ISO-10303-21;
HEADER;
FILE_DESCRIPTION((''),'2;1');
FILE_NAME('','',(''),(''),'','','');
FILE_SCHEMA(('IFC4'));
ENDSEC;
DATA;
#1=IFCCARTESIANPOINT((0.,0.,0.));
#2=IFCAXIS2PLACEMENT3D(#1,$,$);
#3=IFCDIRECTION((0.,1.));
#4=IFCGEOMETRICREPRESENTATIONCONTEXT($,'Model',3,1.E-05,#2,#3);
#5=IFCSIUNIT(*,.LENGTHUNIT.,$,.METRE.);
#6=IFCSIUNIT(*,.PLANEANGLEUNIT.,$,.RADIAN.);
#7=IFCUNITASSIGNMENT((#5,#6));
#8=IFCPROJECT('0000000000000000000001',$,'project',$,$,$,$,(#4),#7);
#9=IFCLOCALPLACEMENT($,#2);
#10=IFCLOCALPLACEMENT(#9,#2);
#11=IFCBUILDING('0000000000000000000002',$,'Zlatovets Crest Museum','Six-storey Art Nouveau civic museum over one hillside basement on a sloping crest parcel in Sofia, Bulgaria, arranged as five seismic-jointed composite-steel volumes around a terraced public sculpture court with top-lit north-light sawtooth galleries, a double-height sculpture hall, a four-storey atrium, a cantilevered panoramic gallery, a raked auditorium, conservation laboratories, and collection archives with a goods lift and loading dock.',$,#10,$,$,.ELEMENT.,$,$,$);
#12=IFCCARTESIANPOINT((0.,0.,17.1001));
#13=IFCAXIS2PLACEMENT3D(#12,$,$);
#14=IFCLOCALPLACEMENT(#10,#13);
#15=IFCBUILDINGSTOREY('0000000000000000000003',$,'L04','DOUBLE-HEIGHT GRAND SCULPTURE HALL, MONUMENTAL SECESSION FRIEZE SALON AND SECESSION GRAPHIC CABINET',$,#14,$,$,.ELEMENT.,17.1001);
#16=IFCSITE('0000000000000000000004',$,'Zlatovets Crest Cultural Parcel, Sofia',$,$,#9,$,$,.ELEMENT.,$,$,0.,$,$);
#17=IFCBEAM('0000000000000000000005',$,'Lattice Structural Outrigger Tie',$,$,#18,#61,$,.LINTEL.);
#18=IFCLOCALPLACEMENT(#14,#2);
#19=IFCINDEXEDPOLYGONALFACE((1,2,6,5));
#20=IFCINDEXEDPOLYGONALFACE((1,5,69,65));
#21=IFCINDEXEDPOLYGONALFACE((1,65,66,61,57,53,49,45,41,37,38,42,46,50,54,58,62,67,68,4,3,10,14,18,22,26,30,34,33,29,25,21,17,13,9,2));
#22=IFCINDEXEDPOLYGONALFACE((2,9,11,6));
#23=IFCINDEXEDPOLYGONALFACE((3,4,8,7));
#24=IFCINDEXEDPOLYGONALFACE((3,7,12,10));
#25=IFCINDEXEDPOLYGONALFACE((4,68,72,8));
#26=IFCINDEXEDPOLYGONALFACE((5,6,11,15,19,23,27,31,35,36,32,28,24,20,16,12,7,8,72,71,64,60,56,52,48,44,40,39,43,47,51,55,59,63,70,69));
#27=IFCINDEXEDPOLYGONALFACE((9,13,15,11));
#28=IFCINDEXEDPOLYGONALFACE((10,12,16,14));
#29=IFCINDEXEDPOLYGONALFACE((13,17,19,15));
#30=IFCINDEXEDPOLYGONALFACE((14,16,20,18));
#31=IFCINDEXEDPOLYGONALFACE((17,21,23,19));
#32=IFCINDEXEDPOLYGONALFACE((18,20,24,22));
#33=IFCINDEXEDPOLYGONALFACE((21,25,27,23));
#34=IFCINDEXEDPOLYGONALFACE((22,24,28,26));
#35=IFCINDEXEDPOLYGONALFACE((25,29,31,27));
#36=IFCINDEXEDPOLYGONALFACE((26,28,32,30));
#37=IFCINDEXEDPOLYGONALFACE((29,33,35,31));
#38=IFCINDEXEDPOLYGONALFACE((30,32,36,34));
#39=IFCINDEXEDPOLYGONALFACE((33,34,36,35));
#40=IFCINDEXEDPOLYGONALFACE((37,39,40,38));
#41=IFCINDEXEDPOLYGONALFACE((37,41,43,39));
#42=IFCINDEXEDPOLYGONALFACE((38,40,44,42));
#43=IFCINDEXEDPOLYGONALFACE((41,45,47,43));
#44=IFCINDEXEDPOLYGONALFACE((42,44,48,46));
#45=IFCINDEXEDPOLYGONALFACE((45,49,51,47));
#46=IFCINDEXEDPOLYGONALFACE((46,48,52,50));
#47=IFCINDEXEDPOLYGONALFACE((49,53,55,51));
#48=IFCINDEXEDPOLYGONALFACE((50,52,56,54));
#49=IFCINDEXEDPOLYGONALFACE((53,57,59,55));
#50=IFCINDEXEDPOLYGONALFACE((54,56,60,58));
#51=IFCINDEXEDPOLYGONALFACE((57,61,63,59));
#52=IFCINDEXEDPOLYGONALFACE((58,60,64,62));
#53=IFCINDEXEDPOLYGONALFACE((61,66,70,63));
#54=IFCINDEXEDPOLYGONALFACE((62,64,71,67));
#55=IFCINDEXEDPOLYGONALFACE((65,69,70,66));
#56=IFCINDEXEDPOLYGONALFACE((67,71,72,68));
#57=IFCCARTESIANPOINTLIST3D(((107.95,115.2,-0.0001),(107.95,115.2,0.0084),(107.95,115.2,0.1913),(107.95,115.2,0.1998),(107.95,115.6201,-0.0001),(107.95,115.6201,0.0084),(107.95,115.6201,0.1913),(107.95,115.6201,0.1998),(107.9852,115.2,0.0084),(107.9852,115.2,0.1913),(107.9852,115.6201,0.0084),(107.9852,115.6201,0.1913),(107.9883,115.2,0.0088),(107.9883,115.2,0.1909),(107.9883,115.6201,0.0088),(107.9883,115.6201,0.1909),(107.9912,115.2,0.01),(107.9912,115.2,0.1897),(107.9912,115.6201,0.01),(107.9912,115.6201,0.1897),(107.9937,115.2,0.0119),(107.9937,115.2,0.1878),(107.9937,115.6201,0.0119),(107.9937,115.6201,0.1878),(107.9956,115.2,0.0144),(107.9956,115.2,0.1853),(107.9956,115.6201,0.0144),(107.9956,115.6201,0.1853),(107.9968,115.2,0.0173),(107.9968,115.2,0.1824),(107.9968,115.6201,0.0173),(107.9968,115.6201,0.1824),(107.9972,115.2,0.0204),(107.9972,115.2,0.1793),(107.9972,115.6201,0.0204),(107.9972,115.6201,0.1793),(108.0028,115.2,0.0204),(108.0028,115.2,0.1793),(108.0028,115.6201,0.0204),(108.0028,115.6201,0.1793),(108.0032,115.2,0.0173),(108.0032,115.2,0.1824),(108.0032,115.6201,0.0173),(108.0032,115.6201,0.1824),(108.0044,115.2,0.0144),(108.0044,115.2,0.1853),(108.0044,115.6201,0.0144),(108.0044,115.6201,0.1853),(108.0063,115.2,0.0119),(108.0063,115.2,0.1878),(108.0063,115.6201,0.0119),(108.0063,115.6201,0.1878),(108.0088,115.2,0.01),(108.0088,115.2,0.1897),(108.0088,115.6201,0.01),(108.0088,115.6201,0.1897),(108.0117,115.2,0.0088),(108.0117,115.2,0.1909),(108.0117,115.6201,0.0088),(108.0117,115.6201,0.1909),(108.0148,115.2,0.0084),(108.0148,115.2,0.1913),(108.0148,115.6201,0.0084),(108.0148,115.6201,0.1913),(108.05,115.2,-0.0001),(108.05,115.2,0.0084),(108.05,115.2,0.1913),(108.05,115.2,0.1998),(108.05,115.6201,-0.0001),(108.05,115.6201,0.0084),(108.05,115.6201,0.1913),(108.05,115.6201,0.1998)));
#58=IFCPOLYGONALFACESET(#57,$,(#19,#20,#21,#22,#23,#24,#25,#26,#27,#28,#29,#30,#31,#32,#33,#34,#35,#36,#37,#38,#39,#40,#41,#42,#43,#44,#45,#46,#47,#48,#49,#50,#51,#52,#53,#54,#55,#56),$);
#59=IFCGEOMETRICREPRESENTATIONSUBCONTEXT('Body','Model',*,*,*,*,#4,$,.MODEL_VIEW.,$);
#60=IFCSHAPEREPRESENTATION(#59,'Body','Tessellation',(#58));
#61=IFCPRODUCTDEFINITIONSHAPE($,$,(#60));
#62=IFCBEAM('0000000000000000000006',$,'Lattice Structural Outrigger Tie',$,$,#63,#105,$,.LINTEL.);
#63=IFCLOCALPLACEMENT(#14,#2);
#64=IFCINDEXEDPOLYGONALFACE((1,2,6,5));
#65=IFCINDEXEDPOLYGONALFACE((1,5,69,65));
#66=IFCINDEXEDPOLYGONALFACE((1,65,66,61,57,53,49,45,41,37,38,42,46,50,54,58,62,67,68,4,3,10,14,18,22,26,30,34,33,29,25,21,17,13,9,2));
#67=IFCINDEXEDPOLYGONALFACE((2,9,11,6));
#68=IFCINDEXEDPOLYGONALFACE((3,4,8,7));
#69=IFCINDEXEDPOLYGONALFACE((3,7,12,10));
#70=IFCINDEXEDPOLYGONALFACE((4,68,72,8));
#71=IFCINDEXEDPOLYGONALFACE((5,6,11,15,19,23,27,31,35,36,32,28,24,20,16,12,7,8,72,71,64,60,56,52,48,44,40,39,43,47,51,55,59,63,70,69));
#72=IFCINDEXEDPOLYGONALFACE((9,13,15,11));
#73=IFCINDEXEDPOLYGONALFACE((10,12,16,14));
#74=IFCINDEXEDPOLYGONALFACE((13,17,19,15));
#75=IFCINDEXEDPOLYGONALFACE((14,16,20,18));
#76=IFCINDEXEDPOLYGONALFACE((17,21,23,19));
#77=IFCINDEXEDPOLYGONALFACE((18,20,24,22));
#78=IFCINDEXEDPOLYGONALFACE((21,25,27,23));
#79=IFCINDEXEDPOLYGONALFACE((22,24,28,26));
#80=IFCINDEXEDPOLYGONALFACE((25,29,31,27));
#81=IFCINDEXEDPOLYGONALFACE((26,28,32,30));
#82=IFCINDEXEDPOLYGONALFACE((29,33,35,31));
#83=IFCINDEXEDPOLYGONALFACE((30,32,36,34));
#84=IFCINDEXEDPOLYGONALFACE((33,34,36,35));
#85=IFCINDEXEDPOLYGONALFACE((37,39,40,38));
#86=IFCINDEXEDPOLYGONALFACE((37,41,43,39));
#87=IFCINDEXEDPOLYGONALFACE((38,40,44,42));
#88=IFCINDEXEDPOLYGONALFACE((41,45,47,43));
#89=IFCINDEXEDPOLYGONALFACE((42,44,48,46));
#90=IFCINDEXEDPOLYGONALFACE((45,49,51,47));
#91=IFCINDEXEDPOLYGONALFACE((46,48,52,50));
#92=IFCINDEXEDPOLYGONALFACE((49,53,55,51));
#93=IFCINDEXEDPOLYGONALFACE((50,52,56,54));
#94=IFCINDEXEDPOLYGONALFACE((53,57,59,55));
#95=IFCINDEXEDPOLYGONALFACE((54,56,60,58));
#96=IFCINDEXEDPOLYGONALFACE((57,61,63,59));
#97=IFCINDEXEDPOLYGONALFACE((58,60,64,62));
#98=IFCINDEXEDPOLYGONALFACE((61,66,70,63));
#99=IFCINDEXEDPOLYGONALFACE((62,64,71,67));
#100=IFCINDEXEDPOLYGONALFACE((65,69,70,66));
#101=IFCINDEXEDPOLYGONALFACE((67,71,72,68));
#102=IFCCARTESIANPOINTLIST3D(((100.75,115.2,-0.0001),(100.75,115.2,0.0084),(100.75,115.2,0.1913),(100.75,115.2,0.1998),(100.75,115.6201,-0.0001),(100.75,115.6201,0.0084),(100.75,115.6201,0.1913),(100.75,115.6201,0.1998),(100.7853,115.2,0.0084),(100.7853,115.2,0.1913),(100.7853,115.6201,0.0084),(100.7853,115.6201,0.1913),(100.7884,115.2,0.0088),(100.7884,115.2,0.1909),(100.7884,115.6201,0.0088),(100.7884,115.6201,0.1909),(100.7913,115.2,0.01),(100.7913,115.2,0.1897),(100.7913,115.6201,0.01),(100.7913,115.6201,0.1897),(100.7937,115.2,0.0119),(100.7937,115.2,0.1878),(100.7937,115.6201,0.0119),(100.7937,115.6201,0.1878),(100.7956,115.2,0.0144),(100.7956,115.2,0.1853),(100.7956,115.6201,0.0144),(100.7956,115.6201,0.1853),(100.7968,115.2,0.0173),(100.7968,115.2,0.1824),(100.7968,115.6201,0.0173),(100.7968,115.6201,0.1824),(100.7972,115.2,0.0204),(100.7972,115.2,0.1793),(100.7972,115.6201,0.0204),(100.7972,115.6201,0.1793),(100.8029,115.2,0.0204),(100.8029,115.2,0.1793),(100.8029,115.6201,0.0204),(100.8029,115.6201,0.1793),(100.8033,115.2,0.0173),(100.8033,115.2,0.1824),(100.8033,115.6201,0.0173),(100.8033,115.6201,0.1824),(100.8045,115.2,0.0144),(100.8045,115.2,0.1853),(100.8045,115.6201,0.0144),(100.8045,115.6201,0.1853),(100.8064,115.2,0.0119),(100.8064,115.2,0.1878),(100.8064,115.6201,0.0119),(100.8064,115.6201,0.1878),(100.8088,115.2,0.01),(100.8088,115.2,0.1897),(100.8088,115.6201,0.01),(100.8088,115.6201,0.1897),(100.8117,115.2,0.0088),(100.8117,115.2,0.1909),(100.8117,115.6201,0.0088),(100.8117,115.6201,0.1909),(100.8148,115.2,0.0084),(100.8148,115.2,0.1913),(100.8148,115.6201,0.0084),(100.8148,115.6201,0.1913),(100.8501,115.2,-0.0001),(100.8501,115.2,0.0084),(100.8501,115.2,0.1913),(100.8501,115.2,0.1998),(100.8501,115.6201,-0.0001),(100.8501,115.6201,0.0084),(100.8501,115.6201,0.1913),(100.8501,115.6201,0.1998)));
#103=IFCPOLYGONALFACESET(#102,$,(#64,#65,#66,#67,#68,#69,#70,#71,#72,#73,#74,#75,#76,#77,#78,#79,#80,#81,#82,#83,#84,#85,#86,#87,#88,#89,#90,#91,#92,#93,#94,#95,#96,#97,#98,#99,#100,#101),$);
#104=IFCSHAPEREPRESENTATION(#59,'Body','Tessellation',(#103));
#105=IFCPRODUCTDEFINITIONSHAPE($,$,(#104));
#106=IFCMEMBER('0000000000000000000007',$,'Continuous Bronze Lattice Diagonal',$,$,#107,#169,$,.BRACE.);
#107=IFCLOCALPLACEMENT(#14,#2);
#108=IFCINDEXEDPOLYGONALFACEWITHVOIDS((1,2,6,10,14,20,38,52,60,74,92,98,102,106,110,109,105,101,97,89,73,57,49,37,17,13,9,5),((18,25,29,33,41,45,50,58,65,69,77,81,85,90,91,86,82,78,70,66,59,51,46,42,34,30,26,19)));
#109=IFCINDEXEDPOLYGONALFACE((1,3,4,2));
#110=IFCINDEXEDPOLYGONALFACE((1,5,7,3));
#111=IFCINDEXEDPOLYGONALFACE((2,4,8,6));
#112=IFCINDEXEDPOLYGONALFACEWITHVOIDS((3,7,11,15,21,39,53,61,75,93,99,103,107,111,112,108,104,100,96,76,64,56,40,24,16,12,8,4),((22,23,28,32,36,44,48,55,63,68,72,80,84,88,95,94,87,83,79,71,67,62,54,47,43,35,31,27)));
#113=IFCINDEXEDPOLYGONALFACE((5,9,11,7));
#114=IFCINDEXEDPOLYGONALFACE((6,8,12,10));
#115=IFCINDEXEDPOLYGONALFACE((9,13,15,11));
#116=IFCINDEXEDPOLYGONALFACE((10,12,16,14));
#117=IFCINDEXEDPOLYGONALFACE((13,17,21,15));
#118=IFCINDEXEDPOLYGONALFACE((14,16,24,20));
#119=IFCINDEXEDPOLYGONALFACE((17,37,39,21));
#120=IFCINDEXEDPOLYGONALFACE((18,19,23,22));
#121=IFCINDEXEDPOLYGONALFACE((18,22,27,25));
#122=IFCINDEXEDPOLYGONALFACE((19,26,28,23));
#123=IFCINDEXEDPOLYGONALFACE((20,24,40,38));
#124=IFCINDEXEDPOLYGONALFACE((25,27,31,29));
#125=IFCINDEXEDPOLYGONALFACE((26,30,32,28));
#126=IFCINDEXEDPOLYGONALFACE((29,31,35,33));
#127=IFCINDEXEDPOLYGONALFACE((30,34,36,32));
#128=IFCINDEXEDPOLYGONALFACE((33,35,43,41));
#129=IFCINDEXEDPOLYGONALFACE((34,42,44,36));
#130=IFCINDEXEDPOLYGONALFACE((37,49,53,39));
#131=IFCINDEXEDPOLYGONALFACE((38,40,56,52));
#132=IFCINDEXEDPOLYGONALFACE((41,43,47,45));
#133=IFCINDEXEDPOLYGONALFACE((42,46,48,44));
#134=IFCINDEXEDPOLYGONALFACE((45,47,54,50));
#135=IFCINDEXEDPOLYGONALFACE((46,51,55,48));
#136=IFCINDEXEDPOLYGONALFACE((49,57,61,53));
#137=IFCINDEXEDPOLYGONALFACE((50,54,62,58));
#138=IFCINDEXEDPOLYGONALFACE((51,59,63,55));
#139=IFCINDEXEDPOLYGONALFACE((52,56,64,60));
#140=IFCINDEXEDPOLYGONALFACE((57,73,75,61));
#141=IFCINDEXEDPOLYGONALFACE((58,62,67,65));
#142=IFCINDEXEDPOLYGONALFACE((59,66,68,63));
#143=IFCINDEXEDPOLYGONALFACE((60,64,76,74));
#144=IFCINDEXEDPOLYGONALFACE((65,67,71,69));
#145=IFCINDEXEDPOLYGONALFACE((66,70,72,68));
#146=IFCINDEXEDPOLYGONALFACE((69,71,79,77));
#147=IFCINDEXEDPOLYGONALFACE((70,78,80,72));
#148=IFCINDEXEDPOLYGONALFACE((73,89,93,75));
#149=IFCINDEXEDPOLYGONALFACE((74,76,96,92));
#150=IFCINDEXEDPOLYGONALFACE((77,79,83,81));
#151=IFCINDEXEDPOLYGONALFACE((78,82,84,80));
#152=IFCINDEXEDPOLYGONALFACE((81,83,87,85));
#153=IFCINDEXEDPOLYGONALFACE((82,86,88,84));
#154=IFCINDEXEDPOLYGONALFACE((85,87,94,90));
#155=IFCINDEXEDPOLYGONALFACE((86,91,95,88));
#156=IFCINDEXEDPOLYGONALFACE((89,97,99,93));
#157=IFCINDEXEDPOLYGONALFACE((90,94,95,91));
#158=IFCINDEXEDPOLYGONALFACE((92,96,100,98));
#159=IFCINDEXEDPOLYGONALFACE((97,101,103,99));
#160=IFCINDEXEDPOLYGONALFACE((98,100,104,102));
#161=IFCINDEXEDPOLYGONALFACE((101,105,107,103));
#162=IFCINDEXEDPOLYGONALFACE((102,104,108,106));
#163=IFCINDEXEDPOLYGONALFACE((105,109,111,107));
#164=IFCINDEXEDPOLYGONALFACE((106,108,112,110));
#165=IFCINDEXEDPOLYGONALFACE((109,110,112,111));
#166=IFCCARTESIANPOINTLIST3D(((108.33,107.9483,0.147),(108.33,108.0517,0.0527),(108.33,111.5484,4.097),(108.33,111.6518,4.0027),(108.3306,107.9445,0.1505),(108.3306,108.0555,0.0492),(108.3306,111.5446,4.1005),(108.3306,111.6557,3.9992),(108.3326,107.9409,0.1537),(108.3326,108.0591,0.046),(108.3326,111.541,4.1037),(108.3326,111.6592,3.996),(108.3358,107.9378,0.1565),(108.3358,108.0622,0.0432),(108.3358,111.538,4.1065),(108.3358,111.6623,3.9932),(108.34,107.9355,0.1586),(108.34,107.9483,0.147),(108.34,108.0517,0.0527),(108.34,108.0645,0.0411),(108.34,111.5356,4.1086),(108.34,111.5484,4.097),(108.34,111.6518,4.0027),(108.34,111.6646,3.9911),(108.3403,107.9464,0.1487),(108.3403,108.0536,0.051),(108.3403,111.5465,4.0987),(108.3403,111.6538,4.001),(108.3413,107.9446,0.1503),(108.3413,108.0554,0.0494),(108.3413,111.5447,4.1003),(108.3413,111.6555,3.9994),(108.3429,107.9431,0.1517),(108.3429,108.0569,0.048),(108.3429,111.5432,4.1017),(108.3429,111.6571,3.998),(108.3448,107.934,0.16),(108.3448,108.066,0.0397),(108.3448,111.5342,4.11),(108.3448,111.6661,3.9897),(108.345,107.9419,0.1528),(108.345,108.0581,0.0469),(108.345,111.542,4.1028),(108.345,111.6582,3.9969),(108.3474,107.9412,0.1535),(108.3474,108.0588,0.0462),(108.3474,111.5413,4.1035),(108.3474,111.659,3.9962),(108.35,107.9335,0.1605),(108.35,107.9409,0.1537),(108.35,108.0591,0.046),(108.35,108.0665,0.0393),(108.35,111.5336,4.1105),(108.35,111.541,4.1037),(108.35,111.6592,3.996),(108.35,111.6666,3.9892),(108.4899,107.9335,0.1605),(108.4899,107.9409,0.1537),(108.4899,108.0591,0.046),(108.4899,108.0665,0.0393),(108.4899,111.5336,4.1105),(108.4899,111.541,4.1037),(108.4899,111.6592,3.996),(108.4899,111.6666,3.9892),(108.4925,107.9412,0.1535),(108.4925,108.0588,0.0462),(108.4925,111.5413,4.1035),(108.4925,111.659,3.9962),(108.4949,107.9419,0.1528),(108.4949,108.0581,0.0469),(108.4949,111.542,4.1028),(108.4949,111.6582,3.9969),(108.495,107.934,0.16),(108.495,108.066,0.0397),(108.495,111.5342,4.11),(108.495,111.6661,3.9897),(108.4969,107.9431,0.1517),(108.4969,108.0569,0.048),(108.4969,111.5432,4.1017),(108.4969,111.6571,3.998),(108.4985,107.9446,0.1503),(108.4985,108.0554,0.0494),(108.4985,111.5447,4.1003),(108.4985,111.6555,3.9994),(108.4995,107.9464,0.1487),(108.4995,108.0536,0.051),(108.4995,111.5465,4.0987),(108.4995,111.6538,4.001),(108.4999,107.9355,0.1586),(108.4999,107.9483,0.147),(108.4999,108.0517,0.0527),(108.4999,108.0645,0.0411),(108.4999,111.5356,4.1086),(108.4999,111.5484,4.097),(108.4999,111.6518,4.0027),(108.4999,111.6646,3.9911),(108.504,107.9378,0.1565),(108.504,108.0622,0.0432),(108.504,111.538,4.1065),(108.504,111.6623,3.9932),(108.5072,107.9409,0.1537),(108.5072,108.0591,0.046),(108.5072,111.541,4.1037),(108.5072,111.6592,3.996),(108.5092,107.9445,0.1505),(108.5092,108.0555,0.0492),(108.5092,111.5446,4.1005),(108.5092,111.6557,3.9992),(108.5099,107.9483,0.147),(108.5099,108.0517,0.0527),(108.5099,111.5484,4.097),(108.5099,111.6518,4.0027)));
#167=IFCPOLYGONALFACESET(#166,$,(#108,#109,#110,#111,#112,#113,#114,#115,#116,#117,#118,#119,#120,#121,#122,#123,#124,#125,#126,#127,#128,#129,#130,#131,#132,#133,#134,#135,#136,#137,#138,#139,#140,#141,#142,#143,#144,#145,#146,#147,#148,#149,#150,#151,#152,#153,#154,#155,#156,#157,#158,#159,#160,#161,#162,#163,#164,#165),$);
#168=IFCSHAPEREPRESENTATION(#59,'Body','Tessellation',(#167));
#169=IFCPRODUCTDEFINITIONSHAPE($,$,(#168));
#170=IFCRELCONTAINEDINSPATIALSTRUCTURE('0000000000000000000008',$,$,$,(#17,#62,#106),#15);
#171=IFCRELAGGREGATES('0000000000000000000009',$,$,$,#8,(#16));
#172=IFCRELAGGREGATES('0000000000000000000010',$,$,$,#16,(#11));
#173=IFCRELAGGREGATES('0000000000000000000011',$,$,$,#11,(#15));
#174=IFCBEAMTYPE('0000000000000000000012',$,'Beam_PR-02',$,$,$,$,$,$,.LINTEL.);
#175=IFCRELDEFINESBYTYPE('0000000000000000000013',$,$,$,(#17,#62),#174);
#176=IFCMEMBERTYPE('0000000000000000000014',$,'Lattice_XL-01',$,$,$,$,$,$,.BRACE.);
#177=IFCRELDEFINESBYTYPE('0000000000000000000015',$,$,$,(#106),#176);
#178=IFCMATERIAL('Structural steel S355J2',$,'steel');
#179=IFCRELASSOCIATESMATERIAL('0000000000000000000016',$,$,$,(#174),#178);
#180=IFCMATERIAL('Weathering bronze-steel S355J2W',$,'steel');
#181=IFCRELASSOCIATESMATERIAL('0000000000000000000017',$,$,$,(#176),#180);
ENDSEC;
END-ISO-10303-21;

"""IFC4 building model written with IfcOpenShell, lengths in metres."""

from ifc_helpers import new_model, si_unit, direction, frame, origin, origin_2d, place, context, subcontext, project, spatial, hollow_rectangle, i_section, extrude, material, material_profile, profile_set, type_object, element, save


model = new_model("IFC4")

# Units and contexts
model_context = context("Model", 3, precision=1e-05, world=origin(), true_north=direction((0.0, 1.0)))
body_context = subcontext(model_context, "Body", "Model", "MODEL_VIEW")
ifc_project = project(units=[si_unit("LENGTHUNIT", "METRE"), si_unit("PLANEANGLEUNIT", "RADIAN")], contexts=[model_context])

# Site, building, storey
site_placement = place(None, origin())
site = spatial("IfcSite", under=ifc_project, at=site_placement, Name="Zlatovets Crest Cultural Parcel, Sofia", CompositionType="ELEMENT", RefElevation=0.0)
building_placement = place(site_placement, origin())
building = spatial("IfcBuilding", under=site, at=building_placement, Name="Zlatovets Crest Museum", Description="Six-storey Art Nouveau civic museum over one hillside basement on a sloping crest parcel in Sofia, Bulgaria, arranged as five seismic-jointed composite-steel volumes around a terraced public sculpture court with top-lit north-light sawtooth galleries, a double-height sculpture hall, a four-storey atrium, a cantilevered panoramic gallery, a raked auditorium, conservation laboratories, and collection archives with a goods lift and loading dock.", CompositionType="ELEMENT")
storey_placement = place(building_placement, frame((0.0, 0.0, 17.1001)))
storey = spatial("IfcBuildingStorey", under=building, at=storey_placement, Name="L04", Description="DOUBLE-HEIGHT GRAND SCULPTURE HALL, MONUMENTAL SECESSION FRIEZE SALON AND SECESSION GRAPHIC CABINET", CompositionType="ELEMENT", Elevation=17.1001)

# Shared definitions
ifc_material_1 = material(Name="Structural steel S355J2", Category="steel")

# Beams
ifc_material_profile_1 = material_profile(ifc_material_1, i_section(OverallWidth=0.1001, OverallDepth=0.2, WebThickness=0.0056, FlangeThickness=0.0085, FilletRadius=0.012, at=origin_2d()), Name="IPE 200")
ifc_profile_set_1 = profile_set([ifc_material_profile_1], Name="Structural steel S355J2")
beam_type_1 = type_object("IfcBeamType", Name="Beam_PR-02", PredefinedType="LINTEL", material=ifc_profile_set_1)
for number, where, z_axis, x_axis, name in (
    (1, (108.0, 115.2, 0.0999), (0.0, 1.0, 0.0), (-1.0, 0.0, 0.0), "Lattice Structural Outrigger Tie"),
    (2, (100.8, 115.2, 0.0999), (0.0, 1.0, 0.0), (-1.0, 0.0, 0.0), "Lattice Structural Outrigger Tie"),
):
    element("IfcBeam", number, at=place(storey_placement, frame(where, z_axis=z_axis, x_axis=x_axis)), inside=storey, type_object=beam_type_1, Name=name, PredefinedType="LINTEL", context=body_context, shape_type="SweptSolid", body=[
        extrude(i_section(OverallWidth=0.1001, OverallDepth=0.2, WebThickness=0.0056, FlangeThickness=0.0085, FilletRadius=0.012, at=origin_2d()), origin(), (0.0, 0.0, 1.0), 0.4202),
    ])

# Member
ifc_material_2 = material(Name="Weathering bronze-steel S355J2W", Category="steel")
ifc_material_profile_2 = material_profile(ifc_material_2, hollow_rectangle(XDim=0.1799, YDim=0.1799, WallThickness=0.01, InnerFilletRadius=0.01, OuterFilletRadius=0.02, at=origin_2d()), Name="SHS 180x180x10.0")
ifc_profile_set_2 = profile_set([ifc_material_profile_2], Name="Weathering bronze-steel S355J2W")
member_type_1 = type_object("IfcMemberType", Name="Lattice_XL-01", PredefinedType="BRACE", material=ifc_profile_set_2)
member_1_placement = place(storey_placement, frame((108.4199, 108.0, 0.0999), z_axis=(0.0, 0.673618, 0.73908), x_axis=(-1.0, 0.0, 0.0)))
element("IfcMember", 3, at=member_1_placement, inside=storey, type_object=member_type_1, Name="Continuous Bronze Lattice Diagonal", PredefinedType="BRACE", context=body_context, shape_type="SweptSolid", body=[
    extrude(hollow_rectangle(XDim=0.1799, YDim=0.1799, WallThickness=0.01, InnerFilletRadius=0.01, OuterFilletRadius=0.02, at=origin_2d()), origin(), (0.0, 0.0, 1.0), 5.3445),
])

save(model, "model.ifc")
